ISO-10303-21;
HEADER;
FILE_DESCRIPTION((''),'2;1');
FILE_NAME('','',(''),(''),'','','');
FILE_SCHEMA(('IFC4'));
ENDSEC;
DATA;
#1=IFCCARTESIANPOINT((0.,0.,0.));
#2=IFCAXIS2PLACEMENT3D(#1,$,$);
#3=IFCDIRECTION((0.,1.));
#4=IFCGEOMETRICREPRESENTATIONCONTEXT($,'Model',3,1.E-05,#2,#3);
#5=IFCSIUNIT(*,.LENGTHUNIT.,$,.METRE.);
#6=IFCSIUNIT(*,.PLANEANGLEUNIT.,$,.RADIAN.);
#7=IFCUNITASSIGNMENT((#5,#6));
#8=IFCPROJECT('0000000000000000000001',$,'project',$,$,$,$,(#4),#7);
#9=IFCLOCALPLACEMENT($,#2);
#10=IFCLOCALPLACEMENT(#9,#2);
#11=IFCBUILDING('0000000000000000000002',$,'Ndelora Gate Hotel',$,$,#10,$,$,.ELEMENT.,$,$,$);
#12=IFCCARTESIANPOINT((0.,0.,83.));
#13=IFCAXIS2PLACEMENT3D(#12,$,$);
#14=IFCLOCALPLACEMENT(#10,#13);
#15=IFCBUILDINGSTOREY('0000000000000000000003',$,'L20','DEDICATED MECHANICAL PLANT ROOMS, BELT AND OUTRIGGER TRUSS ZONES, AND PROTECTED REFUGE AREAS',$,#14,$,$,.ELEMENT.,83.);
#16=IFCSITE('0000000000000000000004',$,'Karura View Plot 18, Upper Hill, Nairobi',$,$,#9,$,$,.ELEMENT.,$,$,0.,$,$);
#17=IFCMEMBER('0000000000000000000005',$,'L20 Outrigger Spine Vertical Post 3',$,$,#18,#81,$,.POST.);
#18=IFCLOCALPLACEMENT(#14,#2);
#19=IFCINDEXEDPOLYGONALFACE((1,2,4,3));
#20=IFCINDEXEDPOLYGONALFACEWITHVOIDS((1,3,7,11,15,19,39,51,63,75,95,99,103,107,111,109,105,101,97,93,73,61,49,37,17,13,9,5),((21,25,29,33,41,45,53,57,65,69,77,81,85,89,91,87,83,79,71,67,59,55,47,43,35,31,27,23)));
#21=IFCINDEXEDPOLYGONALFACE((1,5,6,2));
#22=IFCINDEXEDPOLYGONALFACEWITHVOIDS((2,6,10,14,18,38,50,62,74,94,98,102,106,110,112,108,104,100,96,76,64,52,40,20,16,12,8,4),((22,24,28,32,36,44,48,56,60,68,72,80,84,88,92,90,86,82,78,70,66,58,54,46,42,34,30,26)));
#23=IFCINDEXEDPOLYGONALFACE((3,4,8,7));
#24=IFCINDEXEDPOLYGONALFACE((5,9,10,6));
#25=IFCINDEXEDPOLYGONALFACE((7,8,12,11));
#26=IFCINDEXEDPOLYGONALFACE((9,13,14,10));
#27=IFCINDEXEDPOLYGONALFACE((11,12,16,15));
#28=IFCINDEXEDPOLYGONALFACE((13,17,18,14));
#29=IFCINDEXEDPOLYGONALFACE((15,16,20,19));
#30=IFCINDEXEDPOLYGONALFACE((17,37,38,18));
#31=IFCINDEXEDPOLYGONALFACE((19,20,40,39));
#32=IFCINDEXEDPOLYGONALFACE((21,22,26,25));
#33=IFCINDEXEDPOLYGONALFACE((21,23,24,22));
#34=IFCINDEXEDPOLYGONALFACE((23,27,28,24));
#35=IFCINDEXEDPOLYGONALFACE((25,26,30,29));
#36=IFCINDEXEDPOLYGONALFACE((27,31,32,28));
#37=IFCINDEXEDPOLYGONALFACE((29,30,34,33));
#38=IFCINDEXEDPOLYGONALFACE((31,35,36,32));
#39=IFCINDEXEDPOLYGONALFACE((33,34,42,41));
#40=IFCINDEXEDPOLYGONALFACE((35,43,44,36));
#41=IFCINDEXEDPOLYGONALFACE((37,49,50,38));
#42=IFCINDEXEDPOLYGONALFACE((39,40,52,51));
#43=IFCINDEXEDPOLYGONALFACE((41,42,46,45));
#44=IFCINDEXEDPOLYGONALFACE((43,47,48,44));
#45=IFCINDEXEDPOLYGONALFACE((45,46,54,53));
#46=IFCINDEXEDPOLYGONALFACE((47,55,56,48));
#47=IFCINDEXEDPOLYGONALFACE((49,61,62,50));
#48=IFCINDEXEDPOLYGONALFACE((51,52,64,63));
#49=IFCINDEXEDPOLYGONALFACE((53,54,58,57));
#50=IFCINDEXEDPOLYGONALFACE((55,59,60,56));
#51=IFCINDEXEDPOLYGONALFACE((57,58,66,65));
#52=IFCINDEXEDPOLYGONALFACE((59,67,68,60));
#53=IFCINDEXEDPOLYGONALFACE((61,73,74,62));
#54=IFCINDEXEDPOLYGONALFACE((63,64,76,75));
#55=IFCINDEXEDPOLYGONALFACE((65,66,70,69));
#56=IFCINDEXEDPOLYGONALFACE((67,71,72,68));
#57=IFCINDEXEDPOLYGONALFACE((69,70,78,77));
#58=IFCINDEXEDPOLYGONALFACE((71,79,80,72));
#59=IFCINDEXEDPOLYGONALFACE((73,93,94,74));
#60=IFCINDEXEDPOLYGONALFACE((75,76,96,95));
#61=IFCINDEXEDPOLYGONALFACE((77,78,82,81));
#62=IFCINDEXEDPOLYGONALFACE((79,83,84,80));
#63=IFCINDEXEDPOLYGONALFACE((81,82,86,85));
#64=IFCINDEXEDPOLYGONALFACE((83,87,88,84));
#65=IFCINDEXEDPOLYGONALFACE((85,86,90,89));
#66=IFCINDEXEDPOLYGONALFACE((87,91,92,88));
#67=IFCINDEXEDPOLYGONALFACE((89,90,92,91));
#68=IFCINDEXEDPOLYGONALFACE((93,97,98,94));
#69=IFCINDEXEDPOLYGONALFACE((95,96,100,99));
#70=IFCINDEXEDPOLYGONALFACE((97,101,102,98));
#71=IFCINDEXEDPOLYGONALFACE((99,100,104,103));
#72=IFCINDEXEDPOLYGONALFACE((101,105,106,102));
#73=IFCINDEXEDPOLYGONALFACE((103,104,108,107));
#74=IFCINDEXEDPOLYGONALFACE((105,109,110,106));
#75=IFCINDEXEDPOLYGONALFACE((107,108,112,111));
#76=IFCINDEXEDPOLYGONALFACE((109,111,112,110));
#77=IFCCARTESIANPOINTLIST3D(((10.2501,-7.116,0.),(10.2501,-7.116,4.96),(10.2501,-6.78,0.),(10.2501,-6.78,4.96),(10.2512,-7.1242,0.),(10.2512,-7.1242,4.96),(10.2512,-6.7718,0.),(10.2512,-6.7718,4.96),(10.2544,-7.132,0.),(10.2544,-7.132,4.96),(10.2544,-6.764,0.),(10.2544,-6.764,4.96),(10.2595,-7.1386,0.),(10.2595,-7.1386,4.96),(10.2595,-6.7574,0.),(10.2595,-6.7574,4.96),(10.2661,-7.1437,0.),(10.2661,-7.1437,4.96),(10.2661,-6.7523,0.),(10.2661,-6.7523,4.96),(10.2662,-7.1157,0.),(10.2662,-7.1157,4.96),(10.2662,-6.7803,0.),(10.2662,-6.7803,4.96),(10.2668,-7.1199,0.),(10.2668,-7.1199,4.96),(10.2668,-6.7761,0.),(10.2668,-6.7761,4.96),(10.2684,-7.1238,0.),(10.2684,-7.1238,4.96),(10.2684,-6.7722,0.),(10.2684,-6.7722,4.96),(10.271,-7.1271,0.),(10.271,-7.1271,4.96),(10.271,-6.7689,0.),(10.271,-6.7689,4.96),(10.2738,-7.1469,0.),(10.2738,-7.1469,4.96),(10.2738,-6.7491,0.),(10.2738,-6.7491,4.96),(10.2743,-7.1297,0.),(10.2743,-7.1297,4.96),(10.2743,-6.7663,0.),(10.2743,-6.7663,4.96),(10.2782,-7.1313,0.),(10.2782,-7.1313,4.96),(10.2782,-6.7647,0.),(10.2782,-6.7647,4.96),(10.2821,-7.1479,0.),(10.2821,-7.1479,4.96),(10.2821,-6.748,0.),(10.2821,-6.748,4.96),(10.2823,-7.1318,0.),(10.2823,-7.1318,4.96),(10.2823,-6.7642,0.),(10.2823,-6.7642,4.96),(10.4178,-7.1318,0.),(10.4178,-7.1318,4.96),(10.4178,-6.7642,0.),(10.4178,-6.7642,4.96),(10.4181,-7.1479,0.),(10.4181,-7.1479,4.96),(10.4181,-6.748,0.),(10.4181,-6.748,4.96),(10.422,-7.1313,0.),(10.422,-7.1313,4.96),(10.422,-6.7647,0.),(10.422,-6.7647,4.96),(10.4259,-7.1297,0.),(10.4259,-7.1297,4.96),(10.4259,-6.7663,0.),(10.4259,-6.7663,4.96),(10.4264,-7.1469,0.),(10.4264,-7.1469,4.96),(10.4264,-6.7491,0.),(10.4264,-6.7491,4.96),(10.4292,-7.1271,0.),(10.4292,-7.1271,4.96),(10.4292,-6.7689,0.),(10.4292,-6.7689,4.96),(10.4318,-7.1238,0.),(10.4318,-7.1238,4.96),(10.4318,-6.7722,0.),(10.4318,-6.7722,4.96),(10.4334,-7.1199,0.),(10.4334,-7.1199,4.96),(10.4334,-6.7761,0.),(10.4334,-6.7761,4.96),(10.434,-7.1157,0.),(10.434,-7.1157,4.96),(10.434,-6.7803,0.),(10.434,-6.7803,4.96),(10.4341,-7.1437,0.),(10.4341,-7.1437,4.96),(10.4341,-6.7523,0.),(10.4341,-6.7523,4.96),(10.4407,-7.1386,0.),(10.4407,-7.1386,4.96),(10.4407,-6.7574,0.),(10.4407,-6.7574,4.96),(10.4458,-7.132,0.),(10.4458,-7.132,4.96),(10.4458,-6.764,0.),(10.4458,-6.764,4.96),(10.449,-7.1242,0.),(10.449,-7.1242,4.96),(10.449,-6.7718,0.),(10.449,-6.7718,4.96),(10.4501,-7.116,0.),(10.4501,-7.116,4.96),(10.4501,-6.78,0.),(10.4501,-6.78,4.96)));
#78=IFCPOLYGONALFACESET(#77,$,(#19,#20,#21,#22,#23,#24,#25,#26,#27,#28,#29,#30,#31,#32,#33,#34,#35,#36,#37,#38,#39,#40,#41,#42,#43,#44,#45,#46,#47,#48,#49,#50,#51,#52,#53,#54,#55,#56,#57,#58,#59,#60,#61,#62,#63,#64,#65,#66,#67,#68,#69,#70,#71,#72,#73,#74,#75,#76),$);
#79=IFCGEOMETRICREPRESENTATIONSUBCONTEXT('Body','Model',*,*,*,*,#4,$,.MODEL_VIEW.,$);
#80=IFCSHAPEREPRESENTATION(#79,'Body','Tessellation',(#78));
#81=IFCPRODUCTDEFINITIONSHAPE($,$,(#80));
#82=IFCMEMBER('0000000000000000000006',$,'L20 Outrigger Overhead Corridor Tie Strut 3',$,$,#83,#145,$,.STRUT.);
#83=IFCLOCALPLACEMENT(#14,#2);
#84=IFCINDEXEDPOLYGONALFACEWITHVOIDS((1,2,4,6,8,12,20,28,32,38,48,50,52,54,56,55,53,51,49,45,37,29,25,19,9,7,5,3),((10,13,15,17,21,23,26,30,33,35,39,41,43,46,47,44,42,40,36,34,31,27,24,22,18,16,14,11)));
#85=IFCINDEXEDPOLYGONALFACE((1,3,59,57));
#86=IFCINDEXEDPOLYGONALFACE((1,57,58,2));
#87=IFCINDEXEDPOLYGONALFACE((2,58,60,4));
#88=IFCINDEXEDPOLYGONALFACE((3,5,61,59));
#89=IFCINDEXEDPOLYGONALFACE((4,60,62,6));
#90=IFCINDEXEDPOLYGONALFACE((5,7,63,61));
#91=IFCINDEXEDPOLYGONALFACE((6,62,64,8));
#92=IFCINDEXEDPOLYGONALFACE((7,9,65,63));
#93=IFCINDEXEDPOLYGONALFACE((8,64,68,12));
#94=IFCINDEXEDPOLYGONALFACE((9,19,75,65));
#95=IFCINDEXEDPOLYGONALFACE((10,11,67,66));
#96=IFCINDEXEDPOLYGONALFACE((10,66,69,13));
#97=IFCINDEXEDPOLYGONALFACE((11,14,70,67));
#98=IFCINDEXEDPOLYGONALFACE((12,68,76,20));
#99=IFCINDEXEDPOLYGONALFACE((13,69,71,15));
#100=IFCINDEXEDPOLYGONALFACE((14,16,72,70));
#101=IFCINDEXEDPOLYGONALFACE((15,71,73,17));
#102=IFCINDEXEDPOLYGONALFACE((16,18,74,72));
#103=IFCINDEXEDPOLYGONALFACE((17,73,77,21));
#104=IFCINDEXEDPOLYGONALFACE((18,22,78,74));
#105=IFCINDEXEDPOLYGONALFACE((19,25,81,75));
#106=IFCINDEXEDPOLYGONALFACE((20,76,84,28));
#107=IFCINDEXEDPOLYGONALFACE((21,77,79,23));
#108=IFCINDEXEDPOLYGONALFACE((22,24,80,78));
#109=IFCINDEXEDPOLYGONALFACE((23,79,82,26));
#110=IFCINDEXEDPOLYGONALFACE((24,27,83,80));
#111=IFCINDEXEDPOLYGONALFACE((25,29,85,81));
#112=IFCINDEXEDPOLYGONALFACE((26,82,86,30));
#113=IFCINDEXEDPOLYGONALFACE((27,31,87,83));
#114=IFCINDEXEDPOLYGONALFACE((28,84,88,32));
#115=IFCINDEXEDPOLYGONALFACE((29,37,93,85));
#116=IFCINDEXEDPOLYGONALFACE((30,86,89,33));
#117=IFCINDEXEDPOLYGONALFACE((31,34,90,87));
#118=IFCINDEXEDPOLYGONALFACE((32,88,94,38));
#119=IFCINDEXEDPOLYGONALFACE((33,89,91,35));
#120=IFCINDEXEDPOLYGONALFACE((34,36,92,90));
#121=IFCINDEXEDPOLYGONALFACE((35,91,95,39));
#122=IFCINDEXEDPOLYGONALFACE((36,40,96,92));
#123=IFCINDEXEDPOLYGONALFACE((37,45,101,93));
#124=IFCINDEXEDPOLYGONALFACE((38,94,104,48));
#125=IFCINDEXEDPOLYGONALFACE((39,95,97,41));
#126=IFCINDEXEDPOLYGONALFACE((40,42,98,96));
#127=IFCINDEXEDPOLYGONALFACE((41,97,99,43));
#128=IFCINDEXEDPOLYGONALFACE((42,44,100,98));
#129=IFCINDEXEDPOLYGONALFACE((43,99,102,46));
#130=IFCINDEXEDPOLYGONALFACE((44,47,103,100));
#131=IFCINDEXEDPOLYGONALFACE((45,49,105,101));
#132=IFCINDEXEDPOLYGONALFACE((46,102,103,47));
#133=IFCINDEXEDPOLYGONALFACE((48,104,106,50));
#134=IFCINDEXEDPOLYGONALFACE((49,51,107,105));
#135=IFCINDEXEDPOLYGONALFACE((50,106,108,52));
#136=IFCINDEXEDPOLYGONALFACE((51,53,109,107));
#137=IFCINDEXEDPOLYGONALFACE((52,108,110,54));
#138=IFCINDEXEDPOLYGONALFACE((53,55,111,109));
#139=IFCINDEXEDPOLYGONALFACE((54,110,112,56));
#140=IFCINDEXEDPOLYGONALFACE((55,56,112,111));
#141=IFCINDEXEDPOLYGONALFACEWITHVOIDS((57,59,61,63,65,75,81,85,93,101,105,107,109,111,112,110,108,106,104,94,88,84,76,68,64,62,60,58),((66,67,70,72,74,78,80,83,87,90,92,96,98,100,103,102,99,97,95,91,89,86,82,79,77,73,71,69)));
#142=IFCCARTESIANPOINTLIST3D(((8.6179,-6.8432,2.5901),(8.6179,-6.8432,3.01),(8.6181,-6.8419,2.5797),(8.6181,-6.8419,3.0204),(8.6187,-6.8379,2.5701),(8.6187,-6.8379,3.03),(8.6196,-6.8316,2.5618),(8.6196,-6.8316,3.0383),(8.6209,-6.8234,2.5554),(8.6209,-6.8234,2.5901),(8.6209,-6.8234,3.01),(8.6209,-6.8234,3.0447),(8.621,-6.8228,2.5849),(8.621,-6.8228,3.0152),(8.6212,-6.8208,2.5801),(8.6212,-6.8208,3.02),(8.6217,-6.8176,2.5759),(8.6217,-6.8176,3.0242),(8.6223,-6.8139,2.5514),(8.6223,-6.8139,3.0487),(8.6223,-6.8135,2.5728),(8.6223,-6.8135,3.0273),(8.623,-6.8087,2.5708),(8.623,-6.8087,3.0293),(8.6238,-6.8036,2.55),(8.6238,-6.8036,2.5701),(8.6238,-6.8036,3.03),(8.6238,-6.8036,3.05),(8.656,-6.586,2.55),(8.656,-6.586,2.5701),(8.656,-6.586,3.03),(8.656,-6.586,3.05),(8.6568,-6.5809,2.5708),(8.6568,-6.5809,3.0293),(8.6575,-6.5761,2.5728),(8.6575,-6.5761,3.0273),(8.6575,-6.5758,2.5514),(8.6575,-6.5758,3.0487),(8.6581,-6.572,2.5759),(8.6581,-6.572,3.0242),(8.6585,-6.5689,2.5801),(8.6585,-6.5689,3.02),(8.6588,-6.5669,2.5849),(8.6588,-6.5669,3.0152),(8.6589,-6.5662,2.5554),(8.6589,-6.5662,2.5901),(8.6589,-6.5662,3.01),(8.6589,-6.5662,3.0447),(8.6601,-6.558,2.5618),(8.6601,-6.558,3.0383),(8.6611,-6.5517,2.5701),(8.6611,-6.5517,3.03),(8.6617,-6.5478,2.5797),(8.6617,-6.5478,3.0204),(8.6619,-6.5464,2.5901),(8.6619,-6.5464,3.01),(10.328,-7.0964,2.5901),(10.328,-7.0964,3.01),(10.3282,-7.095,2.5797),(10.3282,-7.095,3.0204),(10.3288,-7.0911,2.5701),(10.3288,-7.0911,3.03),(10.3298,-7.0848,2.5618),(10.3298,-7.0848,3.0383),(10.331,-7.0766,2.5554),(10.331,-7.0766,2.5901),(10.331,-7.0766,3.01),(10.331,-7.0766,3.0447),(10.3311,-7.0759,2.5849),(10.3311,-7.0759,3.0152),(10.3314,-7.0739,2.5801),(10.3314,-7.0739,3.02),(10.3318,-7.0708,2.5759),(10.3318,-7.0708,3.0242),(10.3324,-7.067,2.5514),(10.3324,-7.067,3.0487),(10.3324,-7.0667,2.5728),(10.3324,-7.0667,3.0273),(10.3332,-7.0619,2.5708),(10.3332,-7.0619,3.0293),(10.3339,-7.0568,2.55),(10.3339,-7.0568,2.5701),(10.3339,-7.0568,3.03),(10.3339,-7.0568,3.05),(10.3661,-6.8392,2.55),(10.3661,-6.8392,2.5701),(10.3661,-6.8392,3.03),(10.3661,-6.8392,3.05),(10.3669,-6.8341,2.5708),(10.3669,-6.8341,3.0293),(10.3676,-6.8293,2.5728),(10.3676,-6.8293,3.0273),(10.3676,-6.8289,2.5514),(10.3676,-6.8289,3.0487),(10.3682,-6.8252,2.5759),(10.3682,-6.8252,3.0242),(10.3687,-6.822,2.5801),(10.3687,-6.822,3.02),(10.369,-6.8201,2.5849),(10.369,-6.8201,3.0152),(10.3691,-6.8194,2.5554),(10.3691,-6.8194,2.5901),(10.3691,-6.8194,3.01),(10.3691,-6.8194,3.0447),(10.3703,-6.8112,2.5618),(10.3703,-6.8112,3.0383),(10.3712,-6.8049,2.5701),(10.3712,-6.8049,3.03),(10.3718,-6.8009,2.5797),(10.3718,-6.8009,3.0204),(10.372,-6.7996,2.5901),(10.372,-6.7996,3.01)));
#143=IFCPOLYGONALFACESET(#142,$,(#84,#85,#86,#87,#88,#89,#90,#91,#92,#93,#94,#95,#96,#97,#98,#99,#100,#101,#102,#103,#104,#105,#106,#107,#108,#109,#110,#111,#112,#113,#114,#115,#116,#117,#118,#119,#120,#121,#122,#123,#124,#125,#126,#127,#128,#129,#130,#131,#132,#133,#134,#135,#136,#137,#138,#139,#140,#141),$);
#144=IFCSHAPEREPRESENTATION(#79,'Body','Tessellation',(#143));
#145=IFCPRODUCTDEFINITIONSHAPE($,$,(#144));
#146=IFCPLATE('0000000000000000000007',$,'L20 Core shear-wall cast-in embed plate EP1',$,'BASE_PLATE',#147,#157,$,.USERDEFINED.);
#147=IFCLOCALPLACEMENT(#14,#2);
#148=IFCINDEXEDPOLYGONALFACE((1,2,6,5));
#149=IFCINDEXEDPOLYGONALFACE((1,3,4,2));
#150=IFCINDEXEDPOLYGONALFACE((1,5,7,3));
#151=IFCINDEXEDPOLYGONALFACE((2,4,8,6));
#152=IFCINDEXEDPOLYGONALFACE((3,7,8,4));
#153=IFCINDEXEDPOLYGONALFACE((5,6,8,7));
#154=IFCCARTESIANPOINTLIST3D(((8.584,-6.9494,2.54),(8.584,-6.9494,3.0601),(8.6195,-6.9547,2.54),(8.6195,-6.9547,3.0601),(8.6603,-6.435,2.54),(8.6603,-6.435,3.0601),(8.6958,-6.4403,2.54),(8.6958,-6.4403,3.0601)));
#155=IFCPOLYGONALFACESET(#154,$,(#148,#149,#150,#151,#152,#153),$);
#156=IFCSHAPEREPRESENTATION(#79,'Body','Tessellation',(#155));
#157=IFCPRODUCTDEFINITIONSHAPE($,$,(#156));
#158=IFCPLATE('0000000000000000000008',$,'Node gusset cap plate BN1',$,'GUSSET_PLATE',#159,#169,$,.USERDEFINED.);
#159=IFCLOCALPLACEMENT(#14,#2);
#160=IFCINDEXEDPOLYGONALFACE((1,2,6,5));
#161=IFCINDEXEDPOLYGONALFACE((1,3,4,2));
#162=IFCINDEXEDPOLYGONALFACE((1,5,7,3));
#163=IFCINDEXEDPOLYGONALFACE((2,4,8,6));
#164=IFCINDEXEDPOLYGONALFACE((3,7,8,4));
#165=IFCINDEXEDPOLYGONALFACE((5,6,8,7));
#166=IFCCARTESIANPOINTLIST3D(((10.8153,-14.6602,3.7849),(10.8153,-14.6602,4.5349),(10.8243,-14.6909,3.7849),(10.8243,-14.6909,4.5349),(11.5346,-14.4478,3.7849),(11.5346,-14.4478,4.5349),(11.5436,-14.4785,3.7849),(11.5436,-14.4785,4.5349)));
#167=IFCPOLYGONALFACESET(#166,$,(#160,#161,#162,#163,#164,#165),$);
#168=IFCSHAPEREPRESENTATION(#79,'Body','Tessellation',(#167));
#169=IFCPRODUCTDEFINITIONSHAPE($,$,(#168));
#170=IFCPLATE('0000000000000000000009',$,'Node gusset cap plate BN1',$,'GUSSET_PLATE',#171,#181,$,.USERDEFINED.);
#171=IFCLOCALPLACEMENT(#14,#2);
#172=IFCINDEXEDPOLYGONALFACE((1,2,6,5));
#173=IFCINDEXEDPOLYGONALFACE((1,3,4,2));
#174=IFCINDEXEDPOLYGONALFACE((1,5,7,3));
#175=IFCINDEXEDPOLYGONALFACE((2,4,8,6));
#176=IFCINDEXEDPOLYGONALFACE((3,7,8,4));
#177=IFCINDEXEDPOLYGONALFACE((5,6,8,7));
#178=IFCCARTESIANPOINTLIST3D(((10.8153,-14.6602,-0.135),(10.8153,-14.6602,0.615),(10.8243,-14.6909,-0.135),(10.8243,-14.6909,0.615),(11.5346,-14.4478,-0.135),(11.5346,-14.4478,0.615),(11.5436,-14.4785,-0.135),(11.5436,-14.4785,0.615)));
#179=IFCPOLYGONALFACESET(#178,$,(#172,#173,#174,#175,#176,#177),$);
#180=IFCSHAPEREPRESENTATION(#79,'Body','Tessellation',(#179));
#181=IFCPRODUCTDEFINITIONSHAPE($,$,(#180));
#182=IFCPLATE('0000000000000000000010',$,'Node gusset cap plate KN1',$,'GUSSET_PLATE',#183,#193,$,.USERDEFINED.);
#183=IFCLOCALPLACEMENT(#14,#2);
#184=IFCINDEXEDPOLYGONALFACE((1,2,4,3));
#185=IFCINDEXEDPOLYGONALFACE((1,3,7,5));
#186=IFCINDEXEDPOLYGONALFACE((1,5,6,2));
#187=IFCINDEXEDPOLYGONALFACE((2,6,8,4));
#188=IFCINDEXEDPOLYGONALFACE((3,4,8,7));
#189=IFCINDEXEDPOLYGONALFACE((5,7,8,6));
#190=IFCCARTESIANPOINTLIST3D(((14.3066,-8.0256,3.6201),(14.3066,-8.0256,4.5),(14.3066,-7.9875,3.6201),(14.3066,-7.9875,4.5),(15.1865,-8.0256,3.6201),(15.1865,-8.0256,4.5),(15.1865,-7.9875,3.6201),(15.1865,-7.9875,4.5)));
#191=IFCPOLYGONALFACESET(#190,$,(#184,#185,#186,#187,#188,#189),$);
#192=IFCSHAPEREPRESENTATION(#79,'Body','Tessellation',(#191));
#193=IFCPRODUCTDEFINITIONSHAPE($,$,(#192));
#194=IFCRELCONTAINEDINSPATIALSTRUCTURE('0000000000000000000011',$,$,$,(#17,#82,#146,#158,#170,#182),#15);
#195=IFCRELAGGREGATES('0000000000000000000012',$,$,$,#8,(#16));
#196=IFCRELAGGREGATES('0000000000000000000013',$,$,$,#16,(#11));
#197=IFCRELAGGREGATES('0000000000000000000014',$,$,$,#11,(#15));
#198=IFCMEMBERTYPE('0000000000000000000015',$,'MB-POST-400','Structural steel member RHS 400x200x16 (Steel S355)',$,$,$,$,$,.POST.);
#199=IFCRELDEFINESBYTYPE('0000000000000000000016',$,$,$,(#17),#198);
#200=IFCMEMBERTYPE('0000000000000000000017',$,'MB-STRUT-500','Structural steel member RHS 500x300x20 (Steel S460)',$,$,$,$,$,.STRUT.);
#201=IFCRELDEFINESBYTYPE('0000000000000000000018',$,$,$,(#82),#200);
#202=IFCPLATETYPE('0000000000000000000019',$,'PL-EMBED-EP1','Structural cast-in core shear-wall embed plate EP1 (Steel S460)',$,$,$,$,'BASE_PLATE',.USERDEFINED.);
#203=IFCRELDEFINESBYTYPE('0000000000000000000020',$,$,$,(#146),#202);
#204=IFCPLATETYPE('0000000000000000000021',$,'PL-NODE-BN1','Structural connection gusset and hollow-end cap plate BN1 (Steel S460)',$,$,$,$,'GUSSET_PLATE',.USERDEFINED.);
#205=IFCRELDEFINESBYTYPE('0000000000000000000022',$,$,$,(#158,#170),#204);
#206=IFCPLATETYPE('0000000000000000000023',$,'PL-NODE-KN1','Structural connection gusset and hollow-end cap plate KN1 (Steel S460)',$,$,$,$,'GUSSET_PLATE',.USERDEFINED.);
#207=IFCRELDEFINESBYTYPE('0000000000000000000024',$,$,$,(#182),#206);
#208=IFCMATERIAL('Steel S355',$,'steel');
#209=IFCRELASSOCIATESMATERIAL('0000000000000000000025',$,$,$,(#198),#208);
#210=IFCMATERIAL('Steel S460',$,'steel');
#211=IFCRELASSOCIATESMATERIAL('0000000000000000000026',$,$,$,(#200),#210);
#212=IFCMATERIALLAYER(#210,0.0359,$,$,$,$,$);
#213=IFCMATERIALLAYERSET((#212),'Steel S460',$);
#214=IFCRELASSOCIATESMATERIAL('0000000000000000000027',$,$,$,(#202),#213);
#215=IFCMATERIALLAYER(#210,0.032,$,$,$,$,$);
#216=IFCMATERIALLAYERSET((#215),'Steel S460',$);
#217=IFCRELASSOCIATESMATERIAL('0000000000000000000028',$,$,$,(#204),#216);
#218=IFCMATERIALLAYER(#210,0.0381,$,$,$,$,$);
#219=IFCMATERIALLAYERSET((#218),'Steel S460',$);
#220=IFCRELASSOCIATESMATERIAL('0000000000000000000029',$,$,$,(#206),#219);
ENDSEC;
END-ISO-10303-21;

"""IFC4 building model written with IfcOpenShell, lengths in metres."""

from ifc_helpers import new_model, si_unit, direction, frame, origin, origin_2d, place, context, subcontext, project, spatial, rectangle, hollow_rectangle, extrude, material, layer, layer_set, material_profile, profile_set, type_object, element, save


model = new_model("IFC4")

# Units and contexts
model_context = context("Model", 3, precision=1e-05, world=origin(), true_north=direction((0.0, 1.0)))
body_context = subcontext(model_context, "Body", "Model", "MODEL_VIEW")
ifc_project = project(units=[si_unit("LENGTHUNIT", "METRE"), si_unit("PLANEANGLEUNIT", "RADIAN")], contexts=[model_context])

# Site, building, storey
site_placement = place(None, origin())
site = spatial("IfcSite", under=ifc_project, at=site_placement, Name="Karura View Plot 18, Upper Hill, Nairobi", CompositionType="ELEMENT", RefElevation=0.0)
building_placement = place(site_placement, origin())
building = spatial("IfcBuilding", under=site, at=building_placement, Name="Ndelora Gate Hotel", CompositionType="ELEMENT")
storey_placement = place(building_placement, frame((0.0, 0.0, 83.0)))
storey = spatial("IfcBuildingStorey", under=building, at=storey_placement, Name="L20", Description="DEDICATED MECHANICAL PLANT ROOMS, BELT AND OUTRIGGER TRUSS ZONES, AND PROTECTED REFUGE AREAS", CompositionType="ELEMENT", Elevation=83.0)

# Shared definitions
ifc_material_1 = material(Name="Steel S460", Category="steel")

# Members
ifc_material_2 = material(Name="Steel S355", Category="steel")
ifc_material_profile_1 = material_profile(ifc_material_2, hollow_rectangle(XDim=0.2, YDim=0.3999, WallThickness=0.0161, InnerFilletRadius=0.0161, OuterFilletRadius=0.032, at=origin_2d()), Name="RHS 400x200x16")
ifc_profile_set_1 = profile_set([ifc_material_profile_1], Name="Steel S355")
member_type_1 = type_object("IfcMemberType", Name="MB-POST-400", Description="Structural steel member RHS 400x200x16 (Steel S355)", PredefinedType="POST", material=ifc_profile_set_1)
member_1_placement = place(storey_placement, frame((10.3501, -6.948, 0.0), z_axis=(0.0, 0.0, 1.0), x_axis=(1.0, 0.0, 0.0)))
element("IfcMember", 1, at=member_1_placement, inside=storey, type_object=member_type_1, Name="L20 Outrigger Spine Vertical Post 3", PredefinedType="POST", context=body_context, shape_type="SweptSolid", body=[
    extrude(hollow_rectangle(XDim=0.2, YDim=0.3999, WallThickness=0.0161, InnerFilletRadius=0.0161, OuterFilletRadius=0.032, at=origin_2d()), origin(), (0.0, 0.0, 1.0), 4.96),
])
ifc_material_profile_2 = material_profile(ifc_material_1, hollow_rectangle(XDim=0.3, YDim=0.5, WallThickness=0.02, InnerFilletRadius=0.02, OuterFilletRadius=0.04, at=origin_2d()), Name="RHS 500x300x20")
ifc_profile_set_2 = profile_set([ifc_material_profile_2], Name="Steel S460")
member_type_2 = type_object("IfcMemberType", Name="MB-STRUT-500", Description="Structural steel member RHS 500x300x20 (Steel S460)", PredefinedType="STRUT", material=ifc_profile_set_2)
member_2_placement = place(storey_placement, frame((8.6399, -6.6948, 2.8), z_axis=(0.989219, -0.146441, 0.0), x_axis=(0.146441, 0.989219, 0.0)))
element("IfcMember", 2, at=member_2_placement, inside=storey, type_object=member_type_2, Name="L20 Outrigger Overhead Corridor Tie Strut 3", PredefinedType="STRUT", context=body_context, shape_type="SweptSolid", body=[
    extrude(hollow_rectangle(XDim=0.3, YDim=0.5, WallThickness=0.02, InnerFilletRadius=0.02, OuterFilletRadius=0.04, at=origin_2d()), origin(), (0.0, 0.0, 1.0), 1.7288),
])

# Plates
ifc_layer_1 = layer(ifc_material_1, 0.0359)
ifc_layer_set_1 = layer_set([ifc_layer_1], Name="Steel S460")
plate_type_1 = type_object("IfcPlateType", Name="PL-EMBED-EP1", Description="Structural cast-in core shear-wall embed plate EP1 (Steel S460)", ElementType="BASE_PLATE", PredefinedType="USERDEFINED", material=ifc_layer_set_1)
plate_1_placement = place(storey_placement, frame((8.6399, -6.6948, 2.54), z_axis=(0.0, 0.0, 1.0), x_axis=(0.146601, 0.989196, 0.0)))
element("IfcPlate", 3, at=plate_1_placement, inside=storey, type_object=plate_type_1, Name="L20 Core shear-wall cast-in embed plate EP1", ObjectType="BASE_PLATE", PredefinedType="USERDEFINED", context=body_context, shape_type="SweptSolid", body=[
    extrude(rectangle(XDim=0.52, YDim=0.0359, at=origin_2d()), origin(), (0.0, 0.0, 1.0), 0.52),
])
ifc_layer_2 = layer(ifc_material_1, 0.032)
ifc_layer_set_2 = layer_set([ifc_layer_2], Name="Steel S460")
plate_type_2 = type_object("IfcPlateType", Name="PL-NODE-BN1", Description="Structural connection gusset and hollow-end cap plate BN1 (Steel S460)", ElementType="GUSSET_PLATE", PredefinedType="USERDEFINED", material=ifc_layer_set_2)
for number, where, z_axis, x_axis, name in (
    (4, (11.1794, -14.5693, 3.7849), (0.0, 0.0, 1.0), (0.959067, 0.283179, 0.0), "Node gusset cap plate BN1"),
    (5, (11.1794, -14.5693, -0.135), (0.0, 0.0, 1.0), (0.959067, 0.283179, 0.0), "Node gusset cap plate BN1"),
):
    element("IfcPlate", number, at=place(storey_placement, frame(where, z_axis=z_axis, x_axis=x_axis)), inside=storey, type_object=plate_type_2, Name=name, ObjectType="GUSSET_PLATE", PredefinedType="USERDEFINED", context=body_context, shape_type="SweptSolid", body=[
        extrude(rectangle(XDim=0.75, YDim=0.032, at=origin_2d()), origin(), (0.0, 0.0, 1.0), 0.75),
    ])
ifc_layer_3 = layer(ifc_material_1, 0.0381)
ifc_layer_set_3 = layer_set([ifc_layer_3], Name="Steel S460")
plate_type_3 = type_object("IfcPlateType", Name="PL-NODE-KN1", Description="Structural connection gusset and hollow-end cap plate KN1 (Steel S460)", ElementType="GUSSET_PLATE", PredefinedType="USERDEFINED", material=ifc_layer_set_3)
plate_2_placement = place(storey_placement, frame((14.7466, -8.0066, 3.6201), z_axis=(0.0, 0.0, 1.0), x_axis=(1.0, 0.0, 0.0)))
element("IfcPlate", 6, at=plate_2_placement, inside=storey, type_object=plate_type_3, Name="Node gusset cap plate KN1", ObjectType="GUSSET_PLATE", PredefinedType="USERDEFINED", context=body_context, shape_type="SweptSolid", body=[
    extrude(rectangle(XDim=0.8799, YDim=0.0381, at=origin_2d()), origin(), (0.0, 0.0, 1.0), 0.8799),
])

save(model, "model.ifc")
